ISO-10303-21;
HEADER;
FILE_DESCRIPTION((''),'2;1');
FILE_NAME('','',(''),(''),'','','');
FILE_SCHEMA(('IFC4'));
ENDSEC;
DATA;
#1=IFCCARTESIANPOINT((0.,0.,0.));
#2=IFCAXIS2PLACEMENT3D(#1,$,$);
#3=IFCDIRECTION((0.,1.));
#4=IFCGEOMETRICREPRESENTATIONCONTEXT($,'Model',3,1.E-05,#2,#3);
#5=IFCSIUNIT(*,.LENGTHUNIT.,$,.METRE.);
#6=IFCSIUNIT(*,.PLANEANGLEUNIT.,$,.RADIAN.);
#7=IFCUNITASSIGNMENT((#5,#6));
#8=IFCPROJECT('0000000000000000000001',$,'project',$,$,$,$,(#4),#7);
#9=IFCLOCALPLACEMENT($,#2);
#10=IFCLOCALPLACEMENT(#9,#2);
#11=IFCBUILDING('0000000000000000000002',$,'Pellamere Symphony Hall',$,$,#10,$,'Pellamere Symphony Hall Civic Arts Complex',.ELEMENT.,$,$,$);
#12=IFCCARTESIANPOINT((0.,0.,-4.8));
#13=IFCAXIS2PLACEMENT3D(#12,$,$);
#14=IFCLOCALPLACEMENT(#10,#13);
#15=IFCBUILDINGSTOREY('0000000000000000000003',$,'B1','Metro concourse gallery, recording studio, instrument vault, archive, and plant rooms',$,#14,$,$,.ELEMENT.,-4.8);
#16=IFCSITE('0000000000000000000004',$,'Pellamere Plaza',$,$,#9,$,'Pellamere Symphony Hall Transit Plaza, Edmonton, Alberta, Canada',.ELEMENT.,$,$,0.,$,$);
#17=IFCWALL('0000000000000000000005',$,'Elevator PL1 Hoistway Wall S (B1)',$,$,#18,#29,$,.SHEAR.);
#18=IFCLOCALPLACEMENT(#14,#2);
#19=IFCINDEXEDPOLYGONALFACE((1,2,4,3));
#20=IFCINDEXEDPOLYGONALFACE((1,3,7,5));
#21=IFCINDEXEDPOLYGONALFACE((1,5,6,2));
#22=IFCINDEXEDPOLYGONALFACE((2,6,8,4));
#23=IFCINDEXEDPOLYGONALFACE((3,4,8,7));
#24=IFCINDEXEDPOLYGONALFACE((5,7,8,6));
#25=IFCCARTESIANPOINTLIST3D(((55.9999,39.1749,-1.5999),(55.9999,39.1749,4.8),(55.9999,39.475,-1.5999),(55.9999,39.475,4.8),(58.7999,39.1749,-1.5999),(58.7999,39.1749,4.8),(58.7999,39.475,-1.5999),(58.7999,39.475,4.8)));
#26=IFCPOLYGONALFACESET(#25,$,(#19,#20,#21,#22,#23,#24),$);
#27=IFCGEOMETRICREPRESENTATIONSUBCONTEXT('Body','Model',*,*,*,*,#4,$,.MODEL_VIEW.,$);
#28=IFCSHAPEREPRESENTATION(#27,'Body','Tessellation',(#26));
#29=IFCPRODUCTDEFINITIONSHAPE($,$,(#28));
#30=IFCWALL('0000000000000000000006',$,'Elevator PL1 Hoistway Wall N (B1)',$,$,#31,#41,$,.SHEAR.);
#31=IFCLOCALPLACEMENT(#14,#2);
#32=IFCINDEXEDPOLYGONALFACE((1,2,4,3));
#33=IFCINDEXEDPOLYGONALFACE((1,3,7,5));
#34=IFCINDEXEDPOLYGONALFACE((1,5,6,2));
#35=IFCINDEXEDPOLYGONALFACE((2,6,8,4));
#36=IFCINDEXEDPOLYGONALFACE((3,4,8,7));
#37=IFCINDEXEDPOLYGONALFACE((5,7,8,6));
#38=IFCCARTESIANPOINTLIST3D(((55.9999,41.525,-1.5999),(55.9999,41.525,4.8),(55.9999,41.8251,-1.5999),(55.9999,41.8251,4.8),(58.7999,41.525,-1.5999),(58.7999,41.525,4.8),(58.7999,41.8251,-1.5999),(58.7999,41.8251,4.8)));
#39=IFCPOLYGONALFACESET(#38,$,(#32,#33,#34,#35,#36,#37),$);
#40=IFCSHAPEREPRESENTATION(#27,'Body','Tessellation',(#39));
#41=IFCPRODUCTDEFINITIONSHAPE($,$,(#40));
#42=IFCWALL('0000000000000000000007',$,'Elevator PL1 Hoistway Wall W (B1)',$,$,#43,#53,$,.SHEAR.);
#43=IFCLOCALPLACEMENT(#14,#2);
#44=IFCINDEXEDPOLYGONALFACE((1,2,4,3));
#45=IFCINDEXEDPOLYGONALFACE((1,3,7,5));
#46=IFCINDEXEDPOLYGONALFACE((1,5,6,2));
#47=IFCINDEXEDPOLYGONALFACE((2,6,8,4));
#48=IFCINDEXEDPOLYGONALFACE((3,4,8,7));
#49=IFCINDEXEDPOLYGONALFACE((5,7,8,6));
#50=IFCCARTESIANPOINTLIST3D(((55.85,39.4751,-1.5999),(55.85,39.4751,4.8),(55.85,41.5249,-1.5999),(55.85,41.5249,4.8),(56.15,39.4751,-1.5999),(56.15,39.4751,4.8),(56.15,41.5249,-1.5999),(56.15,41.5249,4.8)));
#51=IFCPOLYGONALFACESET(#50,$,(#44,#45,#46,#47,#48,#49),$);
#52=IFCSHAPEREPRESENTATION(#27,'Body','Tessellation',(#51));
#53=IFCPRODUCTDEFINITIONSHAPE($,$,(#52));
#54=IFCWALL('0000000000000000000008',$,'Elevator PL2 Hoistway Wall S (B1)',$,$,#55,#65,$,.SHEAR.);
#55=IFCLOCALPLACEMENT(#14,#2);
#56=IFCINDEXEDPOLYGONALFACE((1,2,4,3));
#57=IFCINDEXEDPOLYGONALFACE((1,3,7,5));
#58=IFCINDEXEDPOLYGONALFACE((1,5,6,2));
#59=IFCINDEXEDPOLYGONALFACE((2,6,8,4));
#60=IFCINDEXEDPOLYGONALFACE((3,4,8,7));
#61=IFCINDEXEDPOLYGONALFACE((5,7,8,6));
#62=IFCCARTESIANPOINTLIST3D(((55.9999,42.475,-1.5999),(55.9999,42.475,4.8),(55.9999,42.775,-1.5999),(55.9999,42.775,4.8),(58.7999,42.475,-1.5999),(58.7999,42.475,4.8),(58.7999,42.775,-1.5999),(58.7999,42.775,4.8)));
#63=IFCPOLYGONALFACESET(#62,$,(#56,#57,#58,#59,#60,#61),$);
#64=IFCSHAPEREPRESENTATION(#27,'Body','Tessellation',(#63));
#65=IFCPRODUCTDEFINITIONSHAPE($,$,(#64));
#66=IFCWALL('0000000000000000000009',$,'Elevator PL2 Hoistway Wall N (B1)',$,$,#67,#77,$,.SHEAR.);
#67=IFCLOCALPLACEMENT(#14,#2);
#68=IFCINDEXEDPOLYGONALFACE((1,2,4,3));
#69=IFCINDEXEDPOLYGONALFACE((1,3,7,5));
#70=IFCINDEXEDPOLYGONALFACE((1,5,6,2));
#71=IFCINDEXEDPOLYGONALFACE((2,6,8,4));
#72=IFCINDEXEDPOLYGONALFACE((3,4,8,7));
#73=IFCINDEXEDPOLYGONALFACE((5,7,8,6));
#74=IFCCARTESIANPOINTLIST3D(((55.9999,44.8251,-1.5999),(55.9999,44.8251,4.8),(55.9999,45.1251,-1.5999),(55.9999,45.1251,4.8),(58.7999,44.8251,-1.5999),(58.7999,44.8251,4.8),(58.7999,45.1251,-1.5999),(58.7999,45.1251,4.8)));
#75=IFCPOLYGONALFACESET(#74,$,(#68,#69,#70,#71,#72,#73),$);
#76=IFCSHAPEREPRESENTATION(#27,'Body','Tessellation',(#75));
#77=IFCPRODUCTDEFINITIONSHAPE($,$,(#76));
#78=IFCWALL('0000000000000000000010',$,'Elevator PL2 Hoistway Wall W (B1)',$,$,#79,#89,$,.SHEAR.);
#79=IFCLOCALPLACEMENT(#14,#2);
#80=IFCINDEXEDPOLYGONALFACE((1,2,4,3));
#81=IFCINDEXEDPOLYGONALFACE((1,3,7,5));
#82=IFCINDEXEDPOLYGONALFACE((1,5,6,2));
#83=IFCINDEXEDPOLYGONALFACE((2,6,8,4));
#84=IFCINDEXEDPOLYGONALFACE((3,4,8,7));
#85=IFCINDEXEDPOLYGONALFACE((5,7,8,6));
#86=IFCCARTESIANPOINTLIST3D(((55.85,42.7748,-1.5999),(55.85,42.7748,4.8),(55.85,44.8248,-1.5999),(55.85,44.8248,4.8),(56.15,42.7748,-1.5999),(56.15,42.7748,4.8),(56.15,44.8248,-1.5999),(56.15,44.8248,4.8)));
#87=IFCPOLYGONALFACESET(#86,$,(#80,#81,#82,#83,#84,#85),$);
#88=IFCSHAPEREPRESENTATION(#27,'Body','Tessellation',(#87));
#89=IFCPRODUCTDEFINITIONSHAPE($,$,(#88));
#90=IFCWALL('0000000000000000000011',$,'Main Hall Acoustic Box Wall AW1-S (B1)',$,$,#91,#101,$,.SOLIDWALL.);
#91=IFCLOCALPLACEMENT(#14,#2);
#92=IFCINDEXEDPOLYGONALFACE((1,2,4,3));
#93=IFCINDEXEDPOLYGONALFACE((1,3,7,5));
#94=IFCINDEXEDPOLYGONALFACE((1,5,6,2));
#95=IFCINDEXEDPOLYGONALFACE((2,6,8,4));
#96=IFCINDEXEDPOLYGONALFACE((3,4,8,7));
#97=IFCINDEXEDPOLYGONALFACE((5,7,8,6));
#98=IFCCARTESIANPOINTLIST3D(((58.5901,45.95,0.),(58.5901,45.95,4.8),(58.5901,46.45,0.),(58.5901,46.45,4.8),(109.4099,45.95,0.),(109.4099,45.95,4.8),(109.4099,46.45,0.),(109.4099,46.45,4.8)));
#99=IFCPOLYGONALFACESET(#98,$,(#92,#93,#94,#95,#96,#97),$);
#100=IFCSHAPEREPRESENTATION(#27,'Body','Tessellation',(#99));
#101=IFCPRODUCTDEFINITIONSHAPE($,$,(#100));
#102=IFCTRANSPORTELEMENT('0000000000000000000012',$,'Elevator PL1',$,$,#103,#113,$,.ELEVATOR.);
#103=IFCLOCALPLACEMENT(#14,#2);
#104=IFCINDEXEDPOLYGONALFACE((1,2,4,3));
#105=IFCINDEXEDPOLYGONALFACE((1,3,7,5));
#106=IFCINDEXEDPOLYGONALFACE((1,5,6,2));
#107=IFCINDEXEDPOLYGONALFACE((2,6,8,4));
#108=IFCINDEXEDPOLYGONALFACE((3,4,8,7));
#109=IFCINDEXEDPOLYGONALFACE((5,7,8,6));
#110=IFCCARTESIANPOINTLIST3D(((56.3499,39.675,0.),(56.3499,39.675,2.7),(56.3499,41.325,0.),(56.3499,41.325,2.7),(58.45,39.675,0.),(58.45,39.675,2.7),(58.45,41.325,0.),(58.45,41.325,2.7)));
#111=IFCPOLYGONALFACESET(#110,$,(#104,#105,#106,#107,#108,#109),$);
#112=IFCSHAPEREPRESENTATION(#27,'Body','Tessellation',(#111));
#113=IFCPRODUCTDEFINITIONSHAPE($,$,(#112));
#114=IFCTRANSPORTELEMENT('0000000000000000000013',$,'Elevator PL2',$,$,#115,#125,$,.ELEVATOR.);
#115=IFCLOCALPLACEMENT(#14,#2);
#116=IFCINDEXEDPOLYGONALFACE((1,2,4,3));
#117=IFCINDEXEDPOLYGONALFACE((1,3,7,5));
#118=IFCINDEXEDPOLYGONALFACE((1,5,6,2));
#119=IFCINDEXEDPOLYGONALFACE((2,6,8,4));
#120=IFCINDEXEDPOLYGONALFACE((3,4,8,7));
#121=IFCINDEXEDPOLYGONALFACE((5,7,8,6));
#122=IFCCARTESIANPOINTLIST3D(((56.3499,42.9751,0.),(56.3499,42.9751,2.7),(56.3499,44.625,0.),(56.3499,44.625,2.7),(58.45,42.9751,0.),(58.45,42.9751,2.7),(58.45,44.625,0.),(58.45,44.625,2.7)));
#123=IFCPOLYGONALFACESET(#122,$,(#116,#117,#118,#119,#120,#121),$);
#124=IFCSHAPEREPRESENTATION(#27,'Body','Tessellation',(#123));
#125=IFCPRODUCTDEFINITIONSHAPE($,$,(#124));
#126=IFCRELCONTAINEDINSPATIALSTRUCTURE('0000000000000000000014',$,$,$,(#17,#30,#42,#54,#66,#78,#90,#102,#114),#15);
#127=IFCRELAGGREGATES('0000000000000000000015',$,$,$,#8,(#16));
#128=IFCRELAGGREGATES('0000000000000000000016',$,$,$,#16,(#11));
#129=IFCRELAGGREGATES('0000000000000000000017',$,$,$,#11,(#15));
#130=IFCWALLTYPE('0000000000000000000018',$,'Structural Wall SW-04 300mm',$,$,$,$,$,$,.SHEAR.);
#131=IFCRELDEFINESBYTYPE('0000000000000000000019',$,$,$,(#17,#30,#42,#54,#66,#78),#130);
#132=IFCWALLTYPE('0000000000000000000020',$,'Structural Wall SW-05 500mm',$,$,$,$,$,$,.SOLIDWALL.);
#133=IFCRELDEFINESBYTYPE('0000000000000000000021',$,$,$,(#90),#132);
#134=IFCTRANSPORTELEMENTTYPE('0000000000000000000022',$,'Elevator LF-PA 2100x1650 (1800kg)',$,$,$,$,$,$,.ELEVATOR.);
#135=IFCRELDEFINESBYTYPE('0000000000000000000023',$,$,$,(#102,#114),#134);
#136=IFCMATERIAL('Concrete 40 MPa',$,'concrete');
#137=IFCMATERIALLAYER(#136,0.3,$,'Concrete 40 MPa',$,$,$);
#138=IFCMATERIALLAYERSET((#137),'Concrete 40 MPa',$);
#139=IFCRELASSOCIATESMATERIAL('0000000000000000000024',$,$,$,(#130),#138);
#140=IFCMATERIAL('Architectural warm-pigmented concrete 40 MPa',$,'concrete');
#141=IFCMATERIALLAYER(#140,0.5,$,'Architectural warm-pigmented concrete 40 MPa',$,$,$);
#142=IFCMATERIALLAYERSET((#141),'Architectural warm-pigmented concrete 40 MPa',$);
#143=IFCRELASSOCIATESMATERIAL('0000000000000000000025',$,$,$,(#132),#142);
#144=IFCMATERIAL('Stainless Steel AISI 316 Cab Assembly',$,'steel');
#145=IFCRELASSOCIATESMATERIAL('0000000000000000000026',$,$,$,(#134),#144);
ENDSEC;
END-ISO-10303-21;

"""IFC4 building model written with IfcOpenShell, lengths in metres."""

from ifc_helpers import new_model, si_unit, direction, frame, frame_2d, origin, origin_2d, place, context, subcontext, project, spatial, rectangle, extrude, material, layer, layer_set, type_object, element, save


model = new_model("IFC4")

# Units and contexts
model_context = context("Model", 3, precision=1e-05, world=origin(), true_north=direction((0.0, 1.0)))
body_context = subcontext(model_context, "Body", "Model", "MODEL_VIEW")
ifc_project = project(units=[si_unit("LENGTHUNIT", "METRE"), si_unit("PLANEANGLEUNIT", "RADIAN")], contexts=[model_context])

# Site, building, storey
site_placement = place(None, origin())
site = spatial("IfcSite", under=ifc_project, at=site_placement, Name="Pellamere Plaza", LongName="Pellamere Symphony Hall Transit Plaza, Edmonton, Alberta, Canada", CompositionType="ELEMENT", RefElevation=0.0)
building_placement = place(site_placement, origin())
building = spatial("IfcBuilding", under=site, at=building_placement, Name="Pellamere Symphony Hall", LongName="Pellamere Symphony Hall Civic Arts Complex", CompositionType="ELEMENT")
storey_placement = place(building_placement, frame((0.0, 0.0, -4.8)))
storey = spatial("IfcBuildingStorey", under=building, at=storey_placement, Name="B1", Description="Metro concourse gallery, recording studio, instrument vault, archive, and plant rooms", CompositionType="ELEMENT", Elevation=-4.8)

# Shared definitions
ifc_material_1 = material(Name="Concrete 40 MPa", Category="concrete")

# Walls
ifc_layer_1 = layer(ifc_material_1, 0.3, Name="Concrete 40 MPa")
ifc_layer_set_1 = layer_set([ifc_layer_1], Name="Concrete 40 MPa")
wall_type_1 = type_object("IfcWallType", Name="Structural Wall SW-04 300mm", PredefinedType="SHEAR", material=ifc_layer_set_1)
for number, where, z_axis, x_axis, name in (
    (1, (56.0, 39.325, -1.5999), (0.0, 0.0, 1.0), (1.0, 0.0, 0.0), "Elevator PL1 Hoistway Wall S (B1)"),
    (2, (56.0, 41.675, -1.5999), (0.0, 0.0, 1.0), (1.0, 0.0, 0.0), "Elevator PL1 Hoistway Wall N (B1)"),
):
    element("IfcWall", number, at=place(storey_placement, frame(where, z_axis=z_axis, x_axis=x_axis)), inside=storey, type_object=wall_type_1, Name=name, PredefinedType="SHEAR", context=body_context, shape_type="SweptSolid", body=[
        extrude(rectangle(XDim=2.8, YDim=0.3, at=frame_2d((1.3999, 0.0))), origin(), (0.0, 0.0, 1.0), 6.3999),
    ])
wall_1_placement = place(storey_placement, frame((56.0, 39.4751, -1.5999), z_axis=(0.0, 0.0, 1.0), x_axis=(0.0, 1.0, 0.0)))
element("IfcWall", 3, at=wall_1_placement, inside=storey, type_object=wall_type_1, Name="Elevator PL1 Hoistway Wall W (B1)", PredefinedType="SHEAR", context=body_context, shape_type="SweptSolid", body=[
    extrude(rectangle(XDim=2.0498, YDim=0.3, at=frame_2d((1.0249, 0.0))), origin(), (0.0, 0.0, 1.0), 6.3999),
])
for number, where, z_axis, x_axis, name in (
    (4, (56.0, 42.625, -1.5999), (0.0, 0.0, 1.0), (1.0, 0.0, 0.0), "Elevator PL2 Hoistway Wall S (B1)"),
    (5, (56.0, 44.9751, -1.5999), (0.0, 0.0, 1.0), (1.0, 0.0, 0.0), "Elevator PL2 Hoistway Wall N (B1)"),
):
    element("IfcWall", number, at=place(storey_placement, frame(where, z_axis=z_axis, x_axis=x_axis)), inside=storey, type_object=wall_type_1, Name=name, PredefinedType="SHEAR", context=body_context, shape_type="SweptSolid", body=[
        extrude(rectangle(XDim=2.8, YDim=0.3, at=frame_2d((1.3999, 0.0))), origin(), (0.0, 0.0, 1.0), 6.3999),
    ])
wall_2_placement = place(storey_placement, frame((56.0, 42.7749, -1.5999), z_axis=(0.0, 0.0, 1.0), x_axis=(0.0, 1.0, 0.0)))
element("IfcWall", 6, at=wall_2_placement, inside=storey, type_object=wall_type_1, Name="Elevator PL2 Hoistway Wall W (B1)", PredefinedType="SHEAR", context=body_context, shape_type="SweptSolid", body=[
    extrude(rectangle(XDim=2.05, YDim=0.3, at=frame_2d((1.0249, 0.0))), origin(), (0.0, 0.0, 1.0), 6.3999),
])
ifc_material_2 = material(Name="Architectural warm-pigmented concrete 40 MPa", Category="concrete")
ifc_layer_2 = layer(ifc_material_2, 0.5, Name="Architectural warm-pigmented concrete 40 MPa")
ifc_layer_set_2 = layer_set([ifc_layer_2], Name="Architectural warm-pigmented concrete 40 MPa")
wall_type_2 = type_object("IfcWallType", Name="Structural Wall SW-05 500mm", PredefinedType="SOLIDWALL", material=ifc_layer_set_2)
wall_3_placement = place(storey_placement, frame((58.5901, 46.2, 0.0), z_axis=(0.0, 0.0, 1.0), x_axis=(1.0, 0.0, 0.0)))
element("IfcWall", 7, at=wall_3_placement, inside=storey, type_object=wall_type_2, Name="Main Hall Acoustic Box Wall AW1-S (B1)", PredefinedType="SOLIDWALL", context=body_context, shape_type="SweptSolid", body=[
    extrude(rectangle(XDim=50.8198, YDim=0.5, at=frame_2d((25.4099, 0.0))), origin(), (0.0, 0.0, 1.0), 4.8),
])

# Transport elements
ifc_material_3 = material(Name="Stainless Steel AISI 316 Cab Assembly", Category="steel")
transport_element_type = type_object("IfcTransportElementType", Name="Elevator LF-PA 2100x1650 (1800kg)", PredefinedType="ELEVATOR", material=ifc_material_3)
for number, where, z_axis, x_axis, name in (
    (8, (57.3999, 40.5, 0.0), (0.0, 0.0, 1.0), (1.0, 0.0, 0.0), "Elevator PL1"),
    (9, (57.3999, 43.8, 0.0), (0.0, 0.0, 1.0), (1.0, 0.0, 0.0), "Elevator PL2"),
):
    element("IfcTransportElement", number, at=place(storey_placement, frame(where, z_axis=z_axis, x_axis=x_axis)), inside=storey, type_object=transport_element_type, Name=name, PredefinedType="ELEVATOR", context=body_context, shape_type="SweptSolid", body=[
        extrude(rectangle(XDim=2.1001, YDim=1.6499, at=origin_2d()), origin(), (0.0, 0.0, 1.0), 2.7),
    ])

save(model, "model.ifc")
